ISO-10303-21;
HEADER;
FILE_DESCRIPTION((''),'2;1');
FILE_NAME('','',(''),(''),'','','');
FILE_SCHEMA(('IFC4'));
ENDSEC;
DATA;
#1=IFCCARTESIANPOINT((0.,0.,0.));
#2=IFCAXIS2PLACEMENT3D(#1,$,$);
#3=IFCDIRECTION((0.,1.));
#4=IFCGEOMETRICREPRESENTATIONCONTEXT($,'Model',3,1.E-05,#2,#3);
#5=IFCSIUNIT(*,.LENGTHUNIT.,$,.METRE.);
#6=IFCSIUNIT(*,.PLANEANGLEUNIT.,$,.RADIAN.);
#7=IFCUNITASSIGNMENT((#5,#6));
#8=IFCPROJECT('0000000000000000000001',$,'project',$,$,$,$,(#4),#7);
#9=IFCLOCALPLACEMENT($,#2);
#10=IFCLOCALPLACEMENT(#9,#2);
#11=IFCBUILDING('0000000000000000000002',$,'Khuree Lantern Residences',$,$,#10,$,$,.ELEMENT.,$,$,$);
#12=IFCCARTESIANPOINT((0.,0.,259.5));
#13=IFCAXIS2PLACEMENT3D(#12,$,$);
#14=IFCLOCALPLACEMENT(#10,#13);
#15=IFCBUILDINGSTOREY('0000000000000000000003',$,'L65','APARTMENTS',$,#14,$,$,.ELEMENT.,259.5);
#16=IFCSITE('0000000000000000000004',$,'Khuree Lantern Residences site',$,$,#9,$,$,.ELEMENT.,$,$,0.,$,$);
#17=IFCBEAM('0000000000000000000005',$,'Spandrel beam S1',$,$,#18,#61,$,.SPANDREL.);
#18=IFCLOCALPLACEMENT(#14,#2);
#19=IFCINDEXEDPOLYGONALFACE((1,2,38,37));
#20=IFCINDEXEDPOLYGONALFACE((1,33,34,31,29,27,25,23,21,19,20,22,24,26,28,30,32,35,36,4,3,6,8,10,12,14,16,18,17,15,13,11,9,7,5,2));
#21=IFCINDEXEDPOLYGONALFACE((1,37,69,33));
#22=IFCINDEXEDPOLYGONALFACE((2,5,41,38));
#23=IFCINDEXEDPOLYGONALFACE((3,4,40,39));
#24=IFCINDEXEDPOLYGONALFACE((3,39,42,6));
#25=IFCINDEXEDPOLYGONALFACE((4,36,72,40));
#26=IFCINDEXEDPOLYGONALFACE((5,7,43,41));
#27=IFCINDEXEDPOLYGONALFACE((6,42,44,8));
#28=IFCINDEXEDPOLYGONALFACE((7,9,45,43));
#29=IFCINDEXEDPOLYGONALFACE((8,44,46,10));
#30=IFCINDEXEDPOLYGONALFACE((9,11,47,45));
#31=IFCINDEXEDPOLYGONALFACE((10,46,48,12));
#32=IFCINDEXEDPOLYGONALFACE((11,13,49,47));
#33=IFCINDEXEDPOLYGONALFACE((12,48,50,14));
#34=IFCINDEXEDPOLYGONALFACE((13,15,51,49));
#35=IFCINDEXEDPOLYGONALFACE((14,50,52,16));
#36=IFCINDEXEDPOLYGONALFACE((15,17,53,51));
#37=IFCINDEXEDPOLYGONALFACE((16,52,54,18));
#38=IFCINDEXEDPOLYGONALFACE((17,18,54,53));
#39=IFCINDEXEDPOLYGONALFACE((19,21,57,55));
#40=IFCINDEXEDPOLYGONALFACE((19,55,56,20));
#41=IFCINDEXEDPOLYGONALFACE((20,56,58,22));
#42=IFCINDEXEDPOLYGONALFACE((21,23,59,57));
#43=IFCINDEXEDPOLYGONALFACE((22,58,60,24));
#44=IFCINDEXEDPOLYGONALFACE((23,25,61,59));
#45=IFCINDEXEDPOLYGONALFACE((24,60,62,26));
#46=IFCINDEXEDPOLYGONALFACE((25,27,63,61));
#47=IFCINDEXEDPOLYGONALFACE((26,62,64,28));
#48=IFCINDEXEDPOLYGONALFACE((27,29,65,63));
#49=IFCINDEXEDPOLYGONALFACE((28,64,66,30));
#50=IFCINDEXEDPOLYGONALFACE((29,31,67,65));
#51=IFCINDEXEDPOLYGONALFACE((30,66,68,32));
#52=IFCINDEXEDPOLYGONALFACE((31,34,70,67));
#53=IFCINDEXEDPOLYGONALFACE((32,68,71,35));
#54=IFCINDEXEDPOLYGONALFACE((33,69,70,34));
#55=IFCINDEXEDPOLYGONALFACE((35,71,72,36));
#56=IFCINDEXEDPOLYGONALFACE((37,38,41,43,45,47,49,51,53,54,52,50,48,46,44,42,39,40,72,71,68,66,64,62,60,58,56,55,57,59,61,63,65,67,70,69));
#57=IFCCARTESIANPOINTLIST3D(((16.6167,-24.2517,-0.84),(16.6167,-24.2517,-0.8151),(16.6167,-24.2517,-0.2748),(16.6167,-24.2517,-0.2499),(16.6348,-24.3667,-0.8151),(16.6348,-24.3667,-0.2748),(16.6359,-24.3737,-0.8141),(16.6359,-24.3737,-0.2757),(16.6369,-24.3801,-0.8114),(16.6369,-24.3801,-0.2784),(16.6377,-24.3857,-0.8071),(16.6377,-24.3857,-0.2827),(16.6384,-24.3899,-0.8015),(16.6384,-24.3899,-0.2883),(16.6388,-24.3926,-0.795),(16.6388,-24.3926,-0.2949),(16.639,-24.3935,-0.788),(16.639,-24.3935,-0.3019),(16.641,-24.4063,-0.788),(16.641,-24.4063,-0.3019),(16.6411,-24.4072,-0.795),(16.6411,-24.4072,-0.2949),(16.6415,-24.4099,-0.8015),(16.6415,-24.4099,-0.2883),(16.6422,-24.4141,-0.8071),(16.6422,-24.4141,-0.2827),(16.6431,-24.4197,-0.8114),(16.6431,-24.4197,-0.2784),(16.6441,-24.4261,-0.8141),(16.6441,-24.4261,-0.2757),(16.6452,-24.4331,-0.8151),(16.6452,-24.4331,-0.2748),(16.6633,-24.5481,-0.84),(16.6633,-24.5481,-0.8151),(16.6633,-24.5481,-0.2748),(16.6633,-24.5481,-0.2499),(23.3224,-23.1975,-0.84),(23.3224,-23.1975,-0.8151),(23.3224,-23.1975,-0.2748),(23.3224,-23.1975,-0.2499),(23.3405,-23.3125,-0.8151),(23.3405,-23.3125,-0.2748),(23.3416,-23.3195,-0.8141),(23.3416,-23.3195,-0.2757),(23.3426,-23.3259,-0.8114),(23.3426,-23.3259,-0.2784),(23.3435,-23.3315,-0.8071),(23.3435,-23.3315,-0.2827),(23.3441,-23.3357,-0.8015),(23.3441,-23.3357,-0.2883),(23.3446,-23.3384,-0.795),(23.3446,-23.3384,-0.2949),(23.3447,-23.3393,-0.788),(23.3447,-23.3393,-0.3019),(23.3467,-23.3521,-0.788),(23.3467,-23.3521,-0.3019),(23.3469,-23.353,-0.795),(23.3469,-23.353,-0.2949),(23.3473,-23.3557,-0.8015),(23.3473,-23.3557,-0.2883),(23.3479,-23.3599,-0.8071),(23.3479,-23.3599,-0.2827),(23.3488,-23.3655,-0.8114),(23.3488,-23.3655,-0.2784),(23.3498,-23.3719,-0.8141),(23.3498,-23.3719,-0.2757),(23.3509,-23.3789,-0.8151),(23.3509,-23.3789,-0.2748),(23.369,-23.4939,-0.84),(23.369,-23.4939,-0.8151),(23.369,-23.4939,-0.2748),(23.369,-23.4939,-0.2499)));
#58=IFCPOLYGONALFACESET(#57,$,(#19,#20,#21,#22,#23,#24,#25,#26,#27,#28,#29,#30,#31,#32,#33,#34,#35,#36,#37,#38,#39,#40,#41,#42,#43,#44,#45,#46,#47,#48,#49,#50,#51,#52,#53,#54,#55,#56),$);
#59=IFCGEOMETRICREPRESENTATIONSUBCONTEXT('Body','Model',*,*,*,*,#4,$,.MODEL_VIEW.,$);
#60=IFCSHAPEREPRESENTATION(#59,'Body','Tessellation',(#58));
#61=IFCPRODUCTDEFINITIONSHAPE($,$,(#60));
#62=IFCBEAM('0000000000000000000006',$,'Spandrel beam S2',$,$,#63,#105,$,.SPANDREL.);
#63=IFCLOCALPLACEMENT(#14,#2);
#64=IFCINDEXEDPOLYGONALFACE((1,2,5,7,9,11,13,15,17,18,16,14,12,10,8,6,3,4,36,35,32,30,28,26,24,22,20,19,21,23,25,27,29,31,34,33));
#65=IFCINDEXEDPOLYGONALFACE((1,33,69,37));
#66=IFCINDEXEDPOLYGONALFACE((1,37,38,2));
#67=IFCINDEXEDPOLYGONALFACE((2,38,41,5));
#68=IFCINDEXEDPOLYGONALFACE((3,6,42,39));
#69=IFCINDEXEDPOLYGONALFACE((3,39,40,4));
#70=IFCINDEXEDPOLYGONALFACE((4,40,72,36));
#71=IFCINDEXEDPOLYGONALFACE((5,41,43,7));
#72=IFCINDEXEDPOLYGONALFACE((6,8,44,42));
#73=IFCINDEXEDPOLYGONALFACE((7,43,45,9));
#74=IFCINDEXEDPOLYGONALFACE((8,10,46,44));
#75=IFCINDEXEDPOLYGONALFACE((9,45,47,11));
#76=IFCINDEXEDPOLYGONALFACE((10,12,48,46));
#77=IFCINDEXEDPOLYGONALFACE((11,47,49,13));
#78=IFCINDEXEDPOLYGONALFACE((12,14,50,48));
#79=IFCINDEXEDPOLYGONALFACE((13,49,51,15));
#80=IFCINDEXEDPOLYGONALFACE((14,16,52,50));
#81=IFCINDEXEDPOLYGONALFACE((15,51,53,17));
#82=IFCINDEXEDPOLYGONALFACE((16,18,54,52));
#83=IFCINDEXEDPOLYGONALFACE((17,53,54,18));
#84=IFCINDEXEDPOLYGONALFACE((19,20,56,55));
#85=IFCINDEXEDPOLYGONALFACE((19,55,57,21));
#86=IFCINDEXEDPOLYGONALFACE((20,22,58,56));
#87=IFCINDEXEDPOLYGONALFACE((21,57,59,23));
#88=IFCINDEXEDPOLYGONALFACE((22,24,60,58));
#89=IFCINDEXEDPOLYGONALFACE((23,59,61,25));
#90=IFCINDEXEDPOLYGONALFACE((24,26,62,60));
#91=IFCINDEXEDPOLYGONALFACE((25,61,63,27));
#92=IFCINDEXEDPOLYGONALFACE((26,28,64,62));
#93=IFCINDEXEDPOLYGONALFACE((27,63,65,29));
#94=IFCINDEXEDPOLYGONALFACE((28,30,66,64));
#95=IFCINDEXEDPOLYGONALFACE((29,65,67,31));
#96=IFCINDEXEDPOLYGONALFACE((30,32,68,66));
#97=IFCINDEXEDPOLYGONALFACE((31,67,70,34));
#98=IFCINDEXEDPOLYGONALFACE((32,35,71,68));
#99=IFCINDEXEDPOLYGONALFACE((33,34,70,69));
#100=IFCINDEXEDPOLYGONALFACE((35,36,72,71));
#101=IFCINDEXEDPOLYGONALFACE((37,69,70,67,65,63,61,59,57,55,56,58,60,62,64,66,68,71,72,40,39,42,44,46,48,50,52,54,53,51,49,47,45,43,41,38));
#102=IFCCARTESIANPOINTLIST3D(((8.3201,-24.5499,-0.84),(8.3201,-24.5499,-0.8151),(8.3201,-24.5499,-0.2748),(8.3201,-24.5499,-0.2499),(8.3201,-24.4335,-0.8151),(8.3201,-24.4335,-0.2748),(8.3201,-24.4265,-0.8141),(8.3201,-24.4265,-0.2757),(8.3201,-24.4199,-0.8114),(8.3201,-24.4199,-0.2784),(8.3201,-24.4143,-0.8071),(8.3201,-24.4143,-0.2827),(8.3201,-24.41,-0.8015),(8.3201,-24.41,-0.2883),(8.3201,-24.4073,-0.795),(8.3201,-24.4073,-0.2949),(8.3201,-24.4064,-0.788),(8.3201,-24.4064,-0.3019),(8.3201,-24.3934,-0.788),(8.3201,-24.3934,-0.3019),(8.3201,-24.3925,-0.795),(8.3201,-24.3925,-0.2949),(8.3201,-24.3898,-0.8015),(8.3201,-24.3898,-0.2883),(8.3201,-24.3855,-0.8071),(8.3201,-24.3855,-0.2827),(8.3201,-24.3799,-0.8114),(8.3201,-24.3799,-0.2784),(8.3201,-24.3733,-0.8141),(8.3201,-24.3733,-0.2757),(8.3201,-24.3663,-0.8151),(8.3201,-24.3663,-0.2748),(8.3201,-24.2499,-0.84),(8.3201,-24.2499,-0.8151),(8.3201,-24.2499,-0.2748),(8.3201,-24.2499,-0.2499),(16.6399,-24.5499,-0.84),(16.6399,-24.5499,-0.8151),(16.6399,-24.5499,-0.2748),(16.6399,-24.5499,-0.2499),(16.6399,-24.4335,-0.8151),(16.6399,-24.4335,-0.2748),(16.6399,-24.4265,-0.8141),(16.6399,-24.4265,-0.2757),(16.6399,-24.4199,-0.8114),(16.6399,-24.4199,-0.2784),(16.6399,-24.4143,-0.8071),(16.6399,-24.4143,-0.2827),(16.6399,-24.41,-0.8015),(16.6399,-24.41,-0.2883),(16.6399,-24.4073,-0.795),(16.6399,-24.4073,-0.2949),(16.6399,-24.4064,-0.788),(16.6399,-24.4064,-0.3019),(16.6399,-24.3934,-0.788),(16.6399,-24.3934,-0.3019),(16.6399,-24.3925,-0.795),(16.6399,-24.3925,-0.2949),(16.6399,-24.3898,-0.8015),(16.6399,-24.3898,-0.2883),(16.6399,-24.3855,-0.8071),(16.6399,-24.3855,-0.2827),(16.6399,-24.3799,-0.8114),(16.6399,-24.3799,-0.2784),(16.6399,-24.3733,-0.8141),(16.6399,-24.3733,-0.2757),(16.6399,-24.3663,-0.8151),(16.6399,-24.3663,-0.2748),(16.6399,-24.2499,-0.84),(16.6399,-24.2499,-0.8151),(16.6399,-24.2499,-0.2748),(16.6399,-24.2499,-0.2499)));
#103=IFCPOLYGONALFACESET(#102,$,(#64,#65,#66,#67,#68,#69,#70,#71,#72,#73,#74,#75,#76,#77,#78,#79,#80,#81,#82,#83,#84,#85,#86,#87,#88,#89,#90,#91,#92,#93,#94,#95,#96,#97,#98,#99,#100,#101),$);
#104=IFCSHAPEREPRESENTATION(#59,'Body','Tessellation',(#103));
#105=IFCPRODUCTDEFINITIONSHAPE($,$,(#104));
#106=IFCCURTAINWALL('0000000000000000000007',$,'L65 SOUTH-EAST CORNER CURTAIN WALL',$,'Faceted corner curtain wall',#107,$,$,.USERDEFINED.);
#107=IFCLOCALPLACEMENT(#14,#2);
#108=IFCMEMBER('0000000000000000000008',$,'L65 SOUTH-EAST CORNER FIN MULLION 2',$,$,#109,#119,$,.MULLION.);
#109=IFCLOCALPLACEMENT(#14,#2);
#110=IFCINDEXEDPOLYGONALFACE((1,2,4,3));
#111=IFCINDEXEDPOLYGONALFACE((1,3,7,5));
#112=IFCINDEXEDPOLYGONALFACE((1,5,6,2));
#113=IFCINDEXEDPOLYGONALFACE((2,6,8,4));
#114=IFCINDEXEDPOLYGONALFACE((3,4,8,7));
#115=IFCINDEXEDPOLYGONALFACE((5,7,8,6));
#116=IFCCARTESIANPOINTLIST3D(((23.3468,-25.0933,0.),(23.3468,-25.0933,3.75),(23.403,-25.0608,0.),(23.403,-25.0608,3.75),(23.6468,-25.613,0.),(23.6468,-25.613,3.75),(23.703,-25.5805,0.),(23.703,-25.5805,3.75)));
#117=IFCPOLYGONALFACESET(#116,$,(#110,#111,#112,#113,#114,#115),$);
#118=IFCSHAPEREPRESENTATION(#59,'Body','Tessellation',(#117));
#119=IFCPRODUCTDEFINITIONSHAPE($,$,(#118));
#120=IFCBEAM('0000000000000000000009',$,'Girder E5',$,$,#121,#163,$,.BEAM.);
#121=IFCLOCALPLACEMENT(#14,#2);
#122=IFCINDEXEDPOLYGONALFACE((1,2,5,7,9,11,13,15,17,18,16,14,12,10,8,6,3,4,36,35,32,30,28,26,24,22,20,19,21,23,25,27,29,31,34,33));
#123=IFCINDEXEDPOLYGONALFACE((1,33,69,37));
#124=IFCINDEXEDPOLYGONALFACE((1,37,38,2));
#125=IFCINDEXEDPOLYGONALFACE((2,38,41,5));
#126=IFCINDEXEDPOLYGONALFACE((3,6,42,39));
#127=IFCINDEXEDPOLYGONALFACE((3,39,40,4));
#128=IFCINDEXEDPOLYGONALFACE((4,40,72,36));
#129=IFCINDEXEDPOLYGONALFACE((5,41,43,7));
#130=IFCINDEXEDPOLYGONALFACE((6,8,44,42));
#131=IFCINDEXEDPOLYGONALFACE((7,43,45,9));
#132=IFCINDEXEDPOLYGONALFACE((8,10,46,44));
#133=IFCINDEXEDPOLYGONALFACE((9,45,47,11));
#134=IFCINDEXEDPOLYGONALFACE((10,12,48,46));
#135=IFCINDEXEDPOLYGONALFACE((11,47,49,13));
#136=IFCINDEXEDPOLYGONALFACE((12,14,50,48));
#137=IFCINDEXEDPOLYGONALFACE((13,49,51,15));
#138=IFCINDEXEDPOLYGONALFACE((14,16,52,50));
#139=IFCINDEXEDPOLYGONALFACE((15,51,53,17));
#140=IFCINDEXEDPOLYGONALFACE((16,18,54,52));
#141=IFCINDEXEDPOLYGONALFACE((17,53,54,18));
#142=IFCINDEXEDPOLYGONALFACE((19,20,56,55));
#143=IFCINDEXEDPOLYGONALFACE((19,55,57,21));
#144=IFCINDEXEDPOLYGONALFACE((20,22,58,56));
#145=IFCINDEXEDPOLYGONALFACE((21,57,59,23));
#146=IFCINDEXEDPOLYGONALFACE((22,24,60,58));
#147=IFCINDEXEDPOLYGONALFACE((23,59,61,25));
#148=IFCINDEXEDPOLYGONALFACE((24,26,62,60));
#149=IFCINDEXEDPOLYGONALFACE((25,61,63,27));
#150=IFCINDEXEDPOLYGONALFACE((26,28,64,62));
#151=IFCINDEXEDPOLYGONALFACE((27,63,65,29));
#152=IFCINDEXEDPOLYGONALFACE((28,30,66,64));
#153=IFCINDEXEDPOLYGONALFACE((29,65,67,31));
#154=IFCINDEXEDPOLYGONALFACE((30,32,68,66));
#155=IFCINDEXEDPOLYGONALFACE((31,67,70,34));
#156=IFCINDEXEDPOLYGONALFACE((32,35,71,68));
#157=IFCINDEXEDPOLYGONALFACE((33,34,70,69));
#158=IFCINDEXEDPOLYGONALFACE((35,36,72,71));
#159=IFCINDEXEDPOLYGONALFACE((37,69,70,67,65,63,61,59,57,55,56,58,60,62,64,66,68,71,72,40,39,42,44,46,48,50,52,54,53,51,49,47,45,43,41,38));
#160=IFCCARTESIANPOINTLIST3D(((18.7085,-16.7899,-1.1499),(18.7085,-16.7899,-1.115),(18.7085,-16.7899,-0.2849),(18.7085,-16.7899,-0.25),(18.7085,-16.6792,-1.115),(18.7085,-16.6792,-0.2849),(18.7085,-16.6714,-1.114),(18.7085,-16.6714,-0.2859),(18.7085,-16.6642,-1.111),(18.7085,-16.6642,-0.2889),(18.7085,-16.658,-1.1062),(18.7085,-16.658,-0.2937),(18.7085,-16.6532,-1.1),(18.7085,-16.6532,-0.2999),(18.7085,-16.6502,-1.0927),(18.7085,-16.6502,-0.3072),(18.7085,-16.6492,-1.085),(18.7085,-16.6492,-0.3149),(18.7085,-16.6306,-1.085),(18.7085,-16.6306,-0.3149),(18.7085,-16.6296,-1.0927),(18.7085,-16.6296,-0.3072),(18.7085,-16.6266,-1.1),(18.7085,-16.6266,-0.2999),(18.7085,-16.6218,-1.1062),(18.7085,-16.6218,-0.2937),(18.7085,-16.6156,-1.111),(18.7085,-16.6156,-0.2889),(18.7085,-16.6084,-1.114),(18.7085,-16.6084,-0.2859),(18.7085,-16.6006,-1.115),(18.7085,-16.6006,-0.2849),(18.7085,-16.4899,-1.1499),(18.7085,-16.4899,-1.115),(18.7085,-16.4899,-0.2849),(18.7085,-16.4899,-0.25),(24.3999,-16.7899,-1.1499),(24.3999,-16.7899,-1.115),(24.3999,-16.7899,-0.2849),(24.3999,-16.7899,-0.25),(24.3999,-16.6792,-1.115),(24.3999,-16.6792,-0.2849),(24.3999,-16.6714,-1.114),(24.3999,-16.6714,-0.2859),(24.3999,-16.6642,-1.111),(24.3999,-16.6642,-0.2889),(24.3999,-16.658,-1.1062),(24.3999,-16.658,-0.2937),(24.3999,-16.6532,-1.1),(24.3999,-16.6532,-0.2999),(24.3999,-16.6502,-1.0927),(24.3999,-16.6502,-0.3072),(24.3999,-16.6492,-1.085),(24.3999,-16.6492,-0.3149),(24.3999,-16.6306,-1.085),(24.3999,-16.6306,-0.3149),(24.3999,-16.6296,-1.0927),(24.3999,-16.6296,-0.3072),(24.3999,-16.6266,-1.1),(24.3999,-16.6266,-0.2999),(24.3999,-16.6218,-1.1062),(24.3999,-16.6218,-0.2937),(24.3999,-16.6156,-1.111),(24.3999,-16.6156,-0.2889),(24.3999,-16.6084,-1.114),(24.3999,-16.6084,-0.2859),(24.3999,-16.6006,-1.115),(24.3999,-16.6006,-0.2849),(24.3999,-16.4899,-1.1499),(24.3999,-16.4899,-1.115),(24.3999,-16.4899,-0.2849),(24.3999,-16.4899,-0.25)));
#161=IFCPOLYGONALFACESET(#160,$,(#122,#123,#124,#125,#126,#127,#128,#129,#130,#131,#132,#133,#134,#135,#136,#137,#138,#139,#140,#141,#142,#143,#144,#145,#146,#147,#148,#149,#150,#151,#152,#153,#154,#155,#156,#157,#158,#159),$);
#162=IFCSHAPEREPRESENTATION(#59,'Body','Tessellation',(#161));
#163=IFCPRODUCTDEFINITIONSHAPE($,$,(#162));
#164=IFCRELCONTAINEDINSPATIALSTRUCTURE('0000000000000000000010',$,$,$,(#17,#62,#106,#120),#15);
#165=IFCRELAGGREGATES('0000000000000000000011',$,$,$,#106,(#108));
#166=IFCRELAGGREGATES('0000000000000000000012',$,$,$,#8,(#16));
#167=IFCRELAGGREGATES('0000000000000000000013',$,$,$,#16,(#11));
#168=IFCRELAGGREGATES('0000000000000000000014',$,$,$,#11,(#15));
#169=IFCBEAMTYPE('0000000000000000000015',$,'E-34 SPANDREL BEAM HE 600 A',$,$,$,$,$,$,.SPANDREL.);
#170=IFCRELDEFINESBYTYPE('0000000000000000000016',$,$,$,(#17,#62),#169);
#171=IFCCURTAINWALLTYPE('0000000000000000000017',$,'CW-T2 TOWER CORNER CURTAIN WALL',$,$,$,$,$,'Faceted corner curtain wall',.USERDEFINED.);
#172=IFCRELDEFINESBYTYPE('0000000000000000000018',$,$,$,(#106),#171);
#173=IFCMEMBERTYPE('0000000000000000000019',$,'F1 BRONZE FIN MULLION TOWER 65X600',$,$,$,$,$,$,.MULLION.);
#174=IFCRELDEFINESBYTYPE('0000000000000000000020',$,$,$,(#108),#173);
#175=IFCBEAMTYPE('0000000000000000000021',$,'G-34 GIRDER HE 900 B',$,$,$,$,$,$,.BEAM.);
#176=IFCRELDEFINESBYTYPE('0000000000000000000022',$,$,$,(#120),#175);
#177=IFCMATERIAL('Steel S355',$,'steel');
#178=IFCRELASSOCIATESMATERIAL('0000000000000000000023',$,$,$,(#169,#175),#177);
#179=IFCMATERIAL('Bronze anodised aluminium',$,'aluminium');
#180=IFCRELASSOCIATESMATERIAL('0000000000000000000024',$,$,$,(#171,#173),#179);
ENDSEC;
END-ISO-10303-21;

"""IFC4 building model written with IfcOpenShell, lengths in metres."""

from ifc_helpers import new_model, si_unit, direction, frame, origin, origin_2d, place, context, subcontext, project, spatial, rectangle, i_section, extrude, material, material_profile, profile_set, type_object, element, aggregate, save


model = new_model("IFC4")

# Units and contexts
model_context = context("Model", 3, precision=1e-05, world=origin(), true_north=direction((0.0, 1.0)))
body_context = subcontext(model_context, "Body", "Model", "MODEL_VIEW")
ifc_project = project(units=[si_unit("LENGTHUNIT", "METRE"), si_unit("PLANEANGLEUNIT", "RADIAN")], contexts=[model_context])

# Site, building, storey
site_placement = place(None, origin())
site = spatial("IfcSite", under=ifc_project, at=site_placement, Name="Khuree Lantern Residences site", CompositionType="ELEMENT", RefElevation=0.0)
building_placement = place(site_placement, origin())
building = spatial("IfcBuilding", under=site, at=building_placement, Name="Khuree Lantern Residences", CompositionType="ELEMENT")
storey_placement = place(building_placement, frame((0.0, 0.0, 259.5)))
storey = spatial("IfcBuildingStorey", under=building, at=storey_placement, Name="L65", Description="APARTMENTS", CompositionType="ELEMENT", Elevation=259.5)

# Beams
ifc_material_1 = material(Name="Steel S355", Category="steel")
ifc_material_profile_1 = material_profile(ifc_material_1, i_section(OverallWidth=0.3, OverallDepth=0.5901, WebThickness=0.0129, FlangeThickness=0.0249, FilletRadius=0.0271, at=origin_2d()), Name="HE 600 A")
ifc_profile_set_1 = profile_set([ifc_material_profile_1], Name="Steel S355")
beam_type_1 = type_object("IfcBeamType", Name="E-34 SPANDREL BEAM HE 600 A", PredefinedType="SPANDREL", material=ifc_profile_set_1)
for number, where, z_axis, x_axis, name in (
    (1, (23.3457, -23.3457, -0.5449), (-0.987867, -0.1553, 0.0), (0.1553, -0.987867, 0.0), "Spandrel beam S1"),
):
    element("IfcBeam", number, at=place(storey_placement, frame(where, z_axis=z_axis, x_axis=x_axis)), inside=storey, type_object=beam_type_1, Name=name, PredefinedType="SPANDREL", context=body_context, shape_type="SweptSolid", body=[
        extrude(i_section(OverallWidth=0.3, OverallDepth=0.5901, WebThickness=0.0129, FlangeThickness=0.0249, FilletRadius=0.0271, at=origin_2d()), origin(), (0.0, 0.0, 1.0), 6.7881),
    ])
beam_1_placement = place(storey_placement, frame((16.6399, -24.3999, -0.5449), z_axis=(-1.0, 0.0, 0.0), x_axis=(0.0, -1.0, 0.0)))
element("IfcBeam", 2, at=beam_1_placement, inside=storey, type_object=beam_type_1, Name="Spandrel beam S2", PredefinedType="SPANDREL", context=body_context, shape_type="SweptSolid", body=[
    extrude(i_section(OverallWidth=0.3, OverallDepth=0.5901, WebThickness=0.0129, FlangeThickness=0.0249, FilletRadius=0.0271, at=origin_2d()), origin(), (0.0, 0.0, 1.0), 8.3198),
])

# Curtain wall, member
ifc_material_2 = material(Name="Bronze anodised aluminium", Category="aluminium")
curtain_wall_type_1 = type_object("IfcCurtainWallType", Name="CW-T2 TOWER CORNER CURTAIN WALL", ElementType="Faceted corner curtain wall", PredefinedType="USERDEFINED", material=ifc_material_2)
curtain_wall_1_placement = place(storey_placement, origin())
curtain_wall_1 = element("IfcCurtainWall", 3, at=curtain_wall_1_placement, inside=storey, type_object=curtain_wall_type_1, Name="L65 SOUTH-EAST CORNER CURTAIN WALL", ObjectType="Faceted corner curtain wall", PredefinedType="USERDEFINED")
ifc_material_profile_2 = material_profile(ifc_material_2, rectangle(XDim=0.0649, YDim=0.6001, at=origin_2d()), Name="F1 65X600")
ifc_profile_set_2 = profile_set([ifc_material_profile_2], Name="Bronze anodised aluminium")
member_type_1 = type_object("IfcMemberType", Name="F1 BRONZE FIN MULLION TOWER 65X600", PredefinedType="MULLION", material=ifc_profile_set_2)
member_1_placement = place(storey_placement, frame((23.5249, -25.3369, 0.0), z_axis=(0.0, 0.0, 1.0), x_axis=(0.866025, 0.5, 0.0)))
member_1 = element("IfcMember", 4, at=member_1_placement, type_object=member_type_1, Name="L65 SOUTH-EAST CORNER FIN MULLION 2", PredefinedType="MULLION", context=body_context, shape_type="SweptSolid", body=[
    extrude(rectangle(XDim=0.0649, YDim=0.6001, at=origin_2d()), origin(), (0.0, 0.0, 1.0), 3.75),
])

# Beam
ifc_material_profile_3 = material_profile(ifc_material_1, i_section(OverallWidth=0.3, OverallDepth=0.8999, WebThickness=0.0186, FlangeThickness=0.0349, FilletRadius=0.03, at=origin_2d()), Name="HE 900 B")
ifc_profile_set_3 = profile_set([ifc_material_profile_3], Name="Steel S355")
beam_type_2 = type_object("IfcBeamType", Name="G-34 GIRDER HE 900 B", PredefinedType="BEAM", material=ifc_profile_set_3)
beam_2_placement = place(storey_placement, frame((24.3999, -16.6399, -0.7), z_axis=(-1.0, 0.0, 0.0), x_axis=(0.0, -1.0, 0.0)))
element("IfcBeam", 5, at=beam_2_placement, inside=storey, type_object=beam_type_2, Name="Girder E5", PredefinedType="BEAM", context=body_context, shape_type="SweptSolid", body=[
    extrude(i_section(OverallWidth=0.3, OverallDepth=0.8999, WebThickness=0.0186, FlangeThickness=0.0349, FilletRadius=0.03, at=origin_2d()), origin(), (0.0, 0.0, 1.0), 5.6914),
])

aggregate(curtain_wall_1, [member_1])

save(model, "model.ifc")
